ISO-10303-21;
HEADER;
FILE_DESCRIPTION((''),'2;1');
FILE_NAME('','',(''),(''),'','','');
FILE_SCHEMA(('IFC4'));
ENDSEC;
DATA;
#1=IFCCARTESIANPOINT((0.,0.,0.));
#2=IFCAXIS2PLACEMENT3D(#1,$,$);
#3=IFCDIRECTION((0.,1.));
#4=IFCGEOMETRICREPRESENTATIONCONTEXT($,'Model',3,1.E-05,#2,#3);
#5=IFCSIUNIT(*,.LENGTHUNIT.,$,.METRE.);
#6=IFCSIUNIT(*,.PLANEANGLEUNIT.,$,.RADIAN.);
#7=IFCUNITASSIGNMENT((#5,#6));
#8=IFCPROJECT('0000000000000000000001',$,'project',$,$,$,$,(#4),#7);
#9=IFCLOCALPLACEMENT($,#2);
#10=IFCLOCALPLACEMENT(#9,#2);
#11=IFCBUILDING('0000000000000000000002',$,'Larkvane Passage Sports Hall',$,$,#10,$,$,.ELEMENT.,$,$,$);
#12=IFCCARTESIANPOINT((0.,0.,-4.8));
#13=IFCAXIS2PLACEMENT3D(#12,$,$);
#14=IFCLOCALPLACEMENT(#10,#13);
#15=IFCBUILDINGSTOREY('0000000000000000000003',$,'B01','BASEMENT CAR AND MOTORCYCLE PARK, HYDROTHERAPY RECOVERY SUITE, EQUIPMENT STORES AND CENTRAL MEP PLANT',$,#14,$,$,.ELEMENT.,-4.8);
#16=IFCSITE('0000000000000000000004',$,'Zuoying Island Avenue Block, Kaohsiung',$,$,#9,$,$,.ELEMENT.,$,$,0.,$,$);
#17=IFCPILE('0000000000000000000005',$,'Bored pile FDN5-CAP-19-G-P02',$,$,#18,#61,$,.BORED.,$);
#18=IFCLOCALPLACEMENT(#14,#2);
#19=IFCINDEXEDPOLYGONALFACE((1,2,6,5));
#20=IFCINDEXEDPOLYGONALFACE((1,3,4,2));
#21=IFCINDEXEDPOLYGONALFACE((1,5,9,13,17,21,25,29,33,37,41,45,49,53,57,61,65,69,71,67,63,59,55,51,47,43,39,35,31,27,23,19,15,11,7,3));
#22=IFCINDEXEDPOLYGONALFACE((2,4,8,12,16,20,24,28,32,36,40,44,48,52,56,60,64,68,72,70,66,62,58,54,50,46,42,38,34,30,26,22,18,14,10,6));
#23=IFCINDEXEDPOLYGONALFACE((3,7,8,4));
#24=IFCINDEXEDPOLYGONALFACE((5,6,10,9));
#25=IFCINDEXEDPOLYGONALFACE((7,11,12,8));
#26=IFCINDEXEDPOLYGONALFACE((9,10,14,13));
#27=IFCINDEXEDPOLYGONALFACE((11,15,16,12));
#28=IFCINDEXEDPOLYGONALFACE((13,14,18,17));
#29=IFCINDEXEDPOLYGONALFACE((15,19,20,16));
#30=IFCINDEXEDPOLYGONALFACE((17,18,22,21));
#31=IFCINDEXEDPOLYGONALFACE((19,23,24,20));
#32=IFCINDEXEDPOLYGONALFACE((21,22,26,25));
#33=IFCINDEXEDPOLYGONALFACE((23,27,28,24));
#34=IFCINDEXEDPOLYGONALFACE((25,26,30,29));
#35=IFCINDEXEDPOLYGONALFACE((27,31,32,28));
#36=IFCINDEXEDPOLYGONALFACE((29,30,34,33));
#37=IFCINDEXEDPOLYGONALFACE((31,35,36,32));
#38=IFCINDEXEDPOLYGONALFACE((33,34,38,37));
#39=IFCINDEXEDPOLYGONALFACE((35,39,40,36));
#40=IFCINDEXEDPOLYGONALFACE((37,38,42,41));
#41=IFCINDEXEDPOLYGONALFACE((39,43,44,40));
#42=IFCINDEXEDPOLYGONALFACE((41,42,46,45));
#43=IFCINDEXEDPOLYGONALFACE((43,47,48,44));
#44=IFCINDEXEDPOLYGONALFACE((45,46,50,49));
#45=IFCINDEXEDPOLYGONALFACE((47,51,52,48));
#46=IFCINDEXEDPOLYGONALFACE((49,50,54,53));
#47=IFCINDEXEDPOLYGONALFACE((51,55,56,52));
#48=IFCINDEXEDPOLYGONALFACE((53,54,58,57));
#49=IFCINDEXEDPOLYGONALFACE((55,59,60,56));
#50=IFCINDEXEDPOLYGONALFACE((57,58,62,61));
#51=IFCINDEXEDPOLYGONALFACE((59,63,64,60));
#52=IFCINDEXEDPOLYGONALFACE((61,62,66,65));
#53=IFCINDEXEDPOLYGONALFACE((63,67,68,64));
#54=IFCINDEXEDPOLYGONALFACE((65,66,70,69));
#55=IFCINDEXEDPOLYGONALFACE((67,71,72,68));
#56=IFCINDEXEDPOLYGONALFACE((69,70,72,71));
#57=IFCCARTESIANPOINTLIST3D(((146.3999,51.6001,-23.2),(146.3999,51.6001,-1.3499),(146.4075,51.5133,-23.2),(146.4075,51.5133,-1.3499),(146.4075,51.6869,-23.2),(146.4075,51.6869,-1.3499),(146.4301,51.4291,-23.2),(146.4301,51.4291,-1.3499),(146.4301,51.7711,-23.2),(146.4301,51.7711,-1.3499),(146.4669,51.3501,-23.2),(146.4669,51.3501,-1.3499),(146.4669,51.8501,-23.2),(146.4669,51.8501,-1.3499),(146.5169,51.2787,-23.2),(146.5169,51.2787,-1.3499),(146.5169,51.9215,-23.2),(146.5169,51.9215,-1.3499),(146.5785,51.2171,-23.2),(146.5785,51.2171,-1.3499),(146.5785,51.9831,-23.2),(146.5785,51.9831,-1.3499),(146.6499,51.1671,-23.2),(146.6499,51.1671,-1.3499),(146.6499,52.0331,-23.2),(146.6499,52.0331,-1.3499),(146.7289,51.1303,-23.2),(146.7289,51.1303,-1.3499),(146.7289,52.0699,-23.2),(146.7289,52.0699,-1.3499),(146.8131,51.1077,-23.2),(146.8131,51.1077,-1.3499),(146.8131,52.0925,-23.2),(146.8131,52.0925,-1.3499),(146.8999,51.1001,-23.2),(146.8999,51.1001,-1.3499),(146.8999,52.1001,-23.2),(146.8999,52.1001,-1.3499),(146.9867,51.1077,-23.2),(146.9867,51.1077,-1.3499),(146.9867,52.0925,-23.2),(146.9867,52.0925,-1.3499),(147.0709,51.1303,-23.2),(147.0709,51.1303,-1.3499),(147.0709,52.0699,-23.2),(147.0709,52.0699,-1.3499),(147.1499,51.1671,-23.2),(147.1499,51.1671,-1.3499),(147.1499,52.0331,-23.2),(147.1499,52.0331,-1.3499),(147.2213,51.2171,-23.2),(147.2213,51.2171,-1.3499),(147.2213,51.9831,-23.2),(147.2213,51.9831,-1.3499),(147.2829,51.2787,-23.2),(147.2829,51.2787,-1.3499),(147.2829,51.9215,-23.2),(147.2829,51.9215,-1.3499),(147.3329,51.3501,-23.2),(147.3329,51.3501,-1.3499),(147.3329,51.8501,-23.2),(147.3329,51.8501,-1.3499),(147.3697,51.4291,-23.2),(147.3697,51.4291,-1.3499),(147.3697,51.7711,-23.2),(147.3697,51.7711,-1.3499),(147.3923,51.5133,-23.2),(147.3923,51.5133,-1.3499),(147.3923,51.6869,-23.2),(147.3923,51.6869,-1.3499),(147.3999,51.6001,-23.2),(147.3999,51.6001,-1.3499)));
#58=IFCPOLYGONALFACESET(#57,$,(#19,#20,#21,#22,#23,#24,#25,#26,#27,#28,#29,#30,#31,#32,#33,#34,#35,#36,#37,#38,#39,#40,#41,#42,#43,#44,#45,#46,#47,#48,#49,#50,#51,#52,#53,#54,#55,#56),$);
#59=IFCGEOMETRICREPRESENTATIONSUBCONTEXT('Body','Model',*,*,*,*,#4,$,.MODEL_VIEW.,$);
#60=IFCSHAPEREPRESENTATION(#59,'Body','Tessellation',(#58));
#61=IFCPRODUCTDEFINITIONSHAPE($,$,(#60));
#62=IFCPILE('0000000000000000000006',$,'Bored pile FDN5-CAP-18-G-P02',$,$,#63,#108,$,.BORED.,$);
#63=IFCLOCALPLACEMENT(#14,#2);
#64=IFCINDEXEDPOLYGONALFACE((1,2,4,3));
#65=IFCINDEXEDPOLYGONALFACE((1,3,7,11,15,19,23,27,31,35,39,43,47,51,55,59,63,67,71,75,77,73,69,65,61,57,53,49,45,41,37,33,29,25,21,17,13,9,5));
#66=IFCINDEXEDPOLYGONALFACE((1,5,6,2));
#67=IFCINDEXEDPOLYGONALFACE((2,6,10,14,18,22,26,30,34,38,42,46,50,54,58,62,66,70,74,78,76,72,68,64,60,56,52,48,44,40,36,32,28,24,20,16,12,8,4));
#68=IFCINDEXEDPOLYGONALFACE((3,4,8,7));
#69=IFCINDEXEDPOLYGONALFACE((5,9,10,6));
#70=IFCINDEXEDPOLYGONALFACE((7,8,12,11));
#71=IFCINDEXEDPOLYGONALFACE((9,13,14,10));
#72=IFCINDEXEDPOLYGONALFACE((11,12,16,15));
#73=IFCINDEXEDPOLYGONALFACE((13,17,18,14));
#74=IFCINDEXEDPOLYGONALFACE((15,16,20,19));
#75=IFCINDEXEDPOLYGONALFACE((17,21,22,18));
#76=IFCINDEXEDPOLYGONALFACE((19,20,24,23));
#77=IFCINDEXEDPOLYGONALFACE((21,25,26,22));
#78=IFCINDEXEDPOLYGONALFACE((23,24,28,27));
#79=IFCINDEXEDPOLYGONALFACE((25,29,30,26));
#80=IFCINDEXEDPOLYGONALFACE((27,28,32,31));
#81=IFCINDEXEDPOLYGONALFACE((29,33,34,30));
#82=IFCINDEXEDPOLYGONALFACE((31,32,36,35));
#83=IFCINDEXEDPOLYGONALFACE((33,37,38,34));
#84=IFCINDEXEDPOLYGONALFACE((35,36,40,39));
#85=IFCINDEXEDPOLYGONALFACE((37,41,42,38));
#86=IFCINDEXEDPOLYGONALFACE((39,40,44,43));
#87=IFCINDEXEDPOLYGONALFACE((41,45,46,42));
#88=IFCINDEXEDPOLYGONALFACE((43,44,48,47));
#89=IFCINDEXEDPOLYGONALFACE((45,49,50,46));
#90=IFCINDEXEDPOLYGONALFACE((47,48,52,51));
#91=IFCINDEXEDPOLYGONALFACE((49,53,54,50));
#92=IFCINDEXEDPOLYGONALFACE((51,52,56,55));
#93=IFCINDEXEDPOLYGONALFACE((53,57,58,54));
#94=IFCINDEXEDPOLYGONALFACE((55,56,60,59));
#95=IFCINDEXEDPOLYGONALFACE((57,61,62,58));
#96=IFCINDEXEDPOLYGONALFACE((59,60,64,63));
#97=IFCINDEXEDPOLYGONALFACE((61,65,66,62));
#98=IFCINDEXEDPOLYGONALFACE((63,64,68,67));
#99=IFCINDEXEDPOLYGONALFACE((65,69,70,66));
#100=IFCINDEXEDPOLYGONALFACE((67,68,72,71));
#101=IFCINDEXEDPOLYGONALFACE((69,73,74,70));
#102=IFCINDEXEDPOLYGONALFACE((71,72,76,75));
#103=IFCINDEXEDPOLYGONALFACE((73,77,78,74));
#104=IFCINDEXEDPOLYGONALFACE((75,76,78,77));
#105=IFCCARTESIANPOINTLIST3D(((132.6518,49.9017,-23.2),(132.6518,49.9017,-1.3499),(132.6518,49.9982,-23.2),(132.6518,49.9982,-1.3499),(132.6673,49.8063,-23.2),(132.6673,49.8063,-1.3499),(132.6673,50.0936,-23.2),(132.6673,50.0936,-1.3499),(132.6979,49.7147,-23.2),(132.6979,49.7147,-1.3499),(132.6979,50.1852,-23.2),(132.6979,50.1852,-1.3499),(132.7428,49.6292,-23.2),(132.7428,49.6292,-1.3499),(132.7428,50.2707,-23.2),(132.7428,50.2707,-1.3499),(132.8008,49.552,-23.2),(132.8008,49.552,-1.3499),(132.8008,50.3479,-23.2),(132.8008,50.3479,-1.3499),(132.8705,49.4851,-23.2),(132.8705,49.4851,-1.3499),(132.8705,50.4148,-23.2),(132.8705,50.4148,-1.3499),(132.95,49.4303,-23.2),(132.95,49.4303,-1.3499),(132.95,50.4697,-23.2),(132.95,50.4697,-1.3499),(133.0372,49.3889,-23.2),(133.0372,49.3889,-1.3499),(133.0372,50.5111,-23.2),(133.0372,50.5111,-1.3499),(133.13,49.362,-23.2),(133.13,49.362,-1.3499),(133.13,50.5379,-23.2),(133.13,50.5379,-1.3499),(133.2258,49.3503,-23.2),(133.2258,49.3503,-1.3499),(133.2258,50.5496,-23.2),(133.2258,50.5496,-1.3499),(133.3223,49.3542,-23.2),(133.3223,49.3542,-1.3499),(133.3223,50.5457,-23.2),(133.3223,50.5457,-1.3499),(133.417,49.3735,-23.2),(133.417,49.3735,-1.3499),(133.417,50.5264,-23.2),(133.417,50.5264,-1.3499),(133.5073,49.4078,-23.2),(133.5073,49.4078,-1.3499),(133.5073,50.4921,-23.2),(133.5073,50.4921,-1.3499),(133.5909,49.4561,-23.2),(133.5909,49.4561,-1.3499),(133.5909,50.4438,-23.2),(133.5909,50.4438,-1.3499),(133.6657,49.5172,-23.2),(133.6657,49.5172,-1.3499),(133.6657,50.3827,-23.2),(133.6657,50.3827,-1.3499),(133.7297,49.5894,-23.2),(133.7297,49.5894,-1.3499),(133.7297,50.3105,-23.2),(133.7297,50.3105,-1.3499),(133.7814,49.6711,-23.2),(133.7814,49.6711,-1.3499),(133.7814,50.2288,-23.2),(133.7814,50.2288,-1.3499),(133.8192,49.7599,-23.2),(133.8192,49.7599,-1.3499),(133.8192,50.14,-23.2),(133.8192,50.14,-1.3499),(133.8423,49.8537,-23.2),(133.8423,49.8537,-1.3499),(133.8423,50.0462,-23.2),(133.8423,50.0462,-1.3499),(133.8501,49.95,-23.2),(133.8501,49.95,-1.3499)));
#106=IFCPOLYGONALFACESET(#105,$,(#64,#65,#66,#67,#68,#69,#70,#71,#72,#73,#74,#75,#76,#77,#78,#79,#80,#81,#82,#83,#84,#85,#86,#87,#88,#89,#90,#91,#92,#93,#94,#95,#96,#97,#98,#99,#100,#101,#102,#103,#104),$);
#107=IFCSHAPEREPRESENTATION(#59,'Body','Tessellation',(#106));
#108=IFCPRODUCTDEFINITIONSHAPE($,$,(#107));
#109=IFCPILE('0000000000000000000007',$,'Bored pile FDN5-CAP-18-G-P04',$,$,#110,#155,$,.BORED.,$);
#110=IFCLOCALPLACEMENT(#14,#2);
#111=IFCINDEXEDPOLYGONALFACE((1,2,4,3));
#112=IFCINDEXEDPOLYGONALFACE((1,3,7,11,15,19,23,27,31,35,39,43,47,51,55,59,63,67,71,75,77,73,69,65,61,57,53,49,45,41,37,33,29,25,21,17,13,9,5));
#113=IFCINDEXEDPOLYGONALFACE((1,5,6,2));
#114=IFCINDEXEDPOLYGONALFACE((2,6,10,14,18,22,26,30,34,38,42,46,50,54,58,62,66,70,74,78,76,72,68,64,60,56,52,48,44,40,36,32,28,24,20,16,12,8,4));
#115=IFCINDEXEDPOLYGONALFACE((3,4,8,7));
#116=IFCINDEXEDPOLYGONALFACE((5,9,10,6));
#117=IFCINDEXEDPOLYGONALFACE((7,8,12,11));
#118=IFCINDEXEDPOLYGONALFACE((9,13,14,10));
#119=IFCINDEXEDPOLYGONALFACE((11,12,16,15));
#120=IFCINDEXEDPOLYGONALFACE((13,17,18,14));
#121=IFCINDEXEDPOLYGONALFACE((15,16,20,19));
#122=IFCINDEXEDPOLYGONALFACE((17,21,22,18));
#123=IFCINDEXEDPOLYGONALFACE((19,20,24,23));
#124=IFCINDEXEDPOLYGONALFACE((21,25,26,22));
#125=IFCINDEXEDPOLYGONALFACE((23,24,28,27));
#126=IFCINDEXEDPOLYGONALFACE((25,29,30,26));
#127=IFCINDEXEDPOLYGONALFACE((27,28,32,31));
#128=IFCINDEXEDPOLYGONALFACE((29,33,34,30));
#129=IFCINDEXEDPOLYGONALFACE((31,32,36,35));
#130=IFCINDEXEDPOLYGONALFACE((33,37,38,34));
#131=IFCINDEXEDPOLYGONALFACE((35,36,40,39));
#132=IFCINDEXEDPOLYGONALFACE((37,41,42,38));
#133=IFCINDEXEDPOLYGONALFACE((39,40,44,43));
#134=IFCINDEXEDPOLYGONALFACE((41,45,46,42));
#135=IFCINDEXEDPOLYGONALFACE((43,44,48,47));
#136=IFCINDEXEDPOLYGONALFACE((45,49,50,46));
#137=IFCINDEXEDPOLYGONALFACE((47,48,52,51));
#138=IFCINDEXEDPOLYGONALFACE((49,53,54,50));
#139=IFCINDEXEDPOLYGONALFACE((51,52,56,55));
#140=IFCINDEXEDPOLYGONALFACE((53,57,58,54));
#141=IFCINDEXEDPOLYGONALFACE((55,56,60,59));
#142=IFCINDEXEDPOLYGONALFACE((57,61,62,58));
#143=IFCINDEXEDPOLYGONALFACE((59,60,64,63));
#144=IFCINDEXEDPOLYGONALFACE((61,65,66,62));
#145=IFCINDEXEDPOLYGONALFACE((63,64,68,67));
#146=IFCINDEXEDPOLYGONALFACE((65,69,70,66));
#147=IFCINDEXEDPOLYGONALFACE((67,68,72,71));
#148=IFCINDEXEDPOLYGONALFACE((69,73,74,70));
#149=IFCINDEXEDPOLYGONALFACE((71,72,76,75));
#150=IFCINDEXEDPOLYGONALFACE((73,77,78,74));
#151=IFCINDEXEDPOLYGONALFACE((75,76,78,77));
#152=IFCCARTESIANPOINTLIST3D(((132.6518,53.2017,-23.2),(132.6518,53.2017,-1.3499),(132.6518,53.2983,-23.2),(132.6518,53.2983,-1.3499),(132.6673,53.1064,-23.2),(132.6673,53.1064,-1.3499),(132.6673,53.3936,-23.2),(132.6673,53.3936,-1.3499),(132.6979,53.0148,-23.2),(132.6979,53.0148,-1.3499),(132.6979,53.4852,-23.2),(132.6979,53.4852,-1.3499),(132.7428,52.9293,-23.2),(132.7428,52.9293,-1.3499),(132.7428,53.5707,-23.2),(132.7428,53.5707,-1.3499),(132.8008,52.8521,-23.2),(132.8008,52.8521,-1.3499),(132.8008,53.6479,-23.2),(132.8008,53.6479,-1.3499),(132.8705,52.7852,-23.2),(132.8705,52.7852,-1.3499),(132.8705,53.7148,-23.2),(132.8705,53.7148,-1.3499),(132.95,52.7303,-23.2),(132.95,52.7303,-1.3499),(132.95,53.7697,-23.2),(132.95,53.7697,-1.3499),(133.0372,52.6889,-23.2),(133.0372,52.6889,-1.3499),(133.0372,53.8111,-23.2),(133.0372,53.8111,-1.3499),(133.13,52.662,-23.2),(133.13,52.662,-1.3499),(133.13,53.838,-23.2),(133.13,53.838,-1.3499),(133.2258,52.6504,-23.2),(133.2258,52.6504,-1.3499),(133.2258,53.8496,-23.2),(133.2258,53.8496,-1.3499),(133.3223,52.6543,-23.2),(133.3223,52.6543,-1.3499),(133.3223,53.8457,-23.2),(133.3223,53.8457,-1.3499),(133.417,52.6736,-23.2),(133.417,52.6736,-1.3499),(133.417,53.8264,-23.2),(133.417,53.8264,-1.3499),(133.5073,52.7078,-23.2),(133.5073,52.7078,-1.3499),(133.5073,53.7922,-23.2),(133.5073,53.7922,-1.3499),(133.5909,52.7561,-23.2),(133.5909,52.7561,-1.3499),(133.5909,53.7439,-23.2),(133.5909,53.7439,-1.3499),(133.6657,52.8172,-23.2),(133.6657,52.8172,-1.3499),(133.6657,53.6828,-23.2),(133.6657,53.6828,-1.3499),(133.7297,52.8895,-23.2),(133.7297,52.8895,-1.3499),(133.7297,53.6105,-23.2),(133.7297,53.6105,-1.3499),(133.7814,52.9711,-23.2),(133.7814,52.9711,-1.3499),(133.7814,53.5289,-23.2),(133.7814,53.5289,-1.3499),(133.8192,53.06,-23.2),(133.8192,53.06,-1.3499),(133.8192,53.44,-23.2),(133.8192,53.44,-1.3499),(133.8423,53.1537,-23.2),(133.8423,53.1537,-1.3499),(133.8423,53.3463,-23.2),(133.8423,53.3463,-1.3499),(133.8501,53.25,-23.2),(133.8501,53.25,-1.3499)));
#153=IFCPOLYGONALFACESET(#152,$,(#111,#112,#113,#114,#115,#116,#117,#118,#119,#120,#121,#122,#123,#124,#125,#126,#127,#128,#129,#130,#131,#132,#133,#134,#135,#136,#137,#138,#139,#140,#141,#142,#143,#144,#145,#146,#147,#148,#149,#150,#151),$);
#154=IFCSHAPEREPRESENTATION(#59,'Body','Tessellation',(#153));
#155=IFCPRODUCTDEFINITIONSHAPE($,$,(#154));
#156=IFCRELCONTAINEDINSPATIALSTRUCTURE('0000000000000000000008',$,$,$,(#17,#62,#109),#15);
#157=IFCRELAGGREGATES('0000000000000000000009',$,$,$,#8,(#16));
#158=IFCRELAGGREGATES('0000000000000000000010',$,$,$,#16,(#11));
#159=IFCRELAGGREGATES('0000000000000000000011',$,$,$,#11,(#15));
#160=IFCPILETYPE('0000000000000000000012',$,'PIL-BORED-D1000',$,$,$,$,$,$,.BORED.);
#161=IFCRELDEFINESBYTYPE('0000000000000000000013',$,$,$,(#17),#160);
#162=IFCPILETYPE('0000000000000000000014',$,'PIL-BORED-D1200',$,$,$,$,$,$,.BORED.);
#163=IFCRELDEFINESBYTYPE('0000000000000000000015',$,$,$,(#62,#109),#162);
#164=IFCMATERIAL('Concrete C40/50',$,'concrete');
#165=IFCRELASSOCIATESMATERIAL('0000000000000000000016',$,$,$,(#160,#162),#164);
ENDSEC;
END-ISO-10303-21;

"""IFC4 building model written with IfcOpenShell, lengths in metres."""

from ifc_helpers import new_model, si_unit, direction, frame, origin, origin_2d, place, context, subcontext, project, spatial, circle, extrude, material, material_profile, profile_set, type_object, element, save


model = new_model("IFC4")

# Units and contexts
model_context = context("Model", 3, precision=1e-05, world=origin(), true_north=direction((0.0, 1.0)))
body_context = subcontext(model_context, "Body", "Model", "MODEL_VIEW")
ifc_project = project(units=[si_unit("LENGTHUNIT", "METRE"), si_unit("PLANEANGLEUNIT", "RADIAN")], contexts=[model_context])

# Site, building, storey
site_placement = place(None, origin())
site = spatial("IfcSite", under=ifc_project, at=site_placement, Name="Zuoying Island Avenue Block, Kaohsiung", CompositionType="ELEMENT", RefElevation=0.0)
building_placement = place(site_placement, origin())
building = spatial("IfcBuilding", under=site, at=building_placement, Name="Larkvane Passage Sports Hall", CompositionType="ELEMENT")
storey_placement = place(building_placement, frame((0.0, 0.0, -4.8)))
storey = spatial("IfcBuildingStorey", under=building, at=storey_placement, Name="B01", Description="BASEMENT CAR AND MOTORCYCLE PARK, HYDROTHERAPY RECOVERY SUITE, EQUIPMENT STORES AND CENTRAL MEP PLANT", CompositionType="ELEMENT", Elevation=-4.8)

# Shared definitions
ifc_material_1 = material(Name="Concrete C40/50", Category="concrete")

# Piles
ifc_material_profile_1 = material_profile(ifc_material_1, circle(Radius=0.5, at=origin_2d()), Name="PILE-D1000")
ifc_profile_set_1 = profile_set([ifc_material_profile_1], Name="Concrete C40/50")
pile_type_1 = type_object("IfcPileType", Name="PIL-BORED-D1000", PredefinedType="BORED", material=ifc_profile_set_1)
for number, where, z_axis, x_axis, name in (
    (1, (146.8999, 51.6001, -1.3499), (0.0, 0.0, -1.0), (1.0, 0.0, 0.0), "Bored pile FDN5-CAP-19-G-P02"),
):
    element("IfcPile", number, at=place(storey_placement, frame(where, z_axis=z_axis, x_axis=x_axis)), inside=storey, type_object=pile_type_1, Name=name, PredefinedType="BORED", context=body_context, shape_type="SweptSolid", body=[
        extrude(circle(Radius=0.5, at=origin_2d()), origin(), (0.0, 0.0, 1.0), 21.8501),
    ])
ifc_material_profile_2 = material_profile(ifc_material_1, circle(Radius=0.6001, at=origin_2d()), Name="PILE-D1200")
ifc_profile_set_2 = profile_set([ifc_material_profile_2], Name="Concrete C40/50")
pile_type_2 = type_object("IfcPileType", Name="PIL-BORED-D1200", PredefinedType="BORED", material=ifc_profile_set_2)
for number, where, z_axis, x_axis, name in (
    (2, (133.25, 49.95, -1.3499), (0.0, 0.0, -1.0), (1.0, 0.0, 0.0), "Bored pile FDN5-CAP-18-G-P02"),
    (3, (133.25, 53.25, -1.3499), (0.0, 0.0, -1.0), (1.0, 0.0, 0.0), "Bored pile FDN5-CAP-18-G-P04"),
):
    element("IfcPile", number, at=place(storey_placement, frame(where, z_axis=z_axis, x_axis=x_axis)), inside=storey, type_object=pile_type_2, Name=name, PredefinedType="BORED", context=body_context, shape_type="SweptSolid", body=[
        extrude(circle(Radius=0.6001, at=origin_2d()), origin(), (0.0, 0.0, 1.0), 21.8501),
    ])

save(model, "model.ifc")
